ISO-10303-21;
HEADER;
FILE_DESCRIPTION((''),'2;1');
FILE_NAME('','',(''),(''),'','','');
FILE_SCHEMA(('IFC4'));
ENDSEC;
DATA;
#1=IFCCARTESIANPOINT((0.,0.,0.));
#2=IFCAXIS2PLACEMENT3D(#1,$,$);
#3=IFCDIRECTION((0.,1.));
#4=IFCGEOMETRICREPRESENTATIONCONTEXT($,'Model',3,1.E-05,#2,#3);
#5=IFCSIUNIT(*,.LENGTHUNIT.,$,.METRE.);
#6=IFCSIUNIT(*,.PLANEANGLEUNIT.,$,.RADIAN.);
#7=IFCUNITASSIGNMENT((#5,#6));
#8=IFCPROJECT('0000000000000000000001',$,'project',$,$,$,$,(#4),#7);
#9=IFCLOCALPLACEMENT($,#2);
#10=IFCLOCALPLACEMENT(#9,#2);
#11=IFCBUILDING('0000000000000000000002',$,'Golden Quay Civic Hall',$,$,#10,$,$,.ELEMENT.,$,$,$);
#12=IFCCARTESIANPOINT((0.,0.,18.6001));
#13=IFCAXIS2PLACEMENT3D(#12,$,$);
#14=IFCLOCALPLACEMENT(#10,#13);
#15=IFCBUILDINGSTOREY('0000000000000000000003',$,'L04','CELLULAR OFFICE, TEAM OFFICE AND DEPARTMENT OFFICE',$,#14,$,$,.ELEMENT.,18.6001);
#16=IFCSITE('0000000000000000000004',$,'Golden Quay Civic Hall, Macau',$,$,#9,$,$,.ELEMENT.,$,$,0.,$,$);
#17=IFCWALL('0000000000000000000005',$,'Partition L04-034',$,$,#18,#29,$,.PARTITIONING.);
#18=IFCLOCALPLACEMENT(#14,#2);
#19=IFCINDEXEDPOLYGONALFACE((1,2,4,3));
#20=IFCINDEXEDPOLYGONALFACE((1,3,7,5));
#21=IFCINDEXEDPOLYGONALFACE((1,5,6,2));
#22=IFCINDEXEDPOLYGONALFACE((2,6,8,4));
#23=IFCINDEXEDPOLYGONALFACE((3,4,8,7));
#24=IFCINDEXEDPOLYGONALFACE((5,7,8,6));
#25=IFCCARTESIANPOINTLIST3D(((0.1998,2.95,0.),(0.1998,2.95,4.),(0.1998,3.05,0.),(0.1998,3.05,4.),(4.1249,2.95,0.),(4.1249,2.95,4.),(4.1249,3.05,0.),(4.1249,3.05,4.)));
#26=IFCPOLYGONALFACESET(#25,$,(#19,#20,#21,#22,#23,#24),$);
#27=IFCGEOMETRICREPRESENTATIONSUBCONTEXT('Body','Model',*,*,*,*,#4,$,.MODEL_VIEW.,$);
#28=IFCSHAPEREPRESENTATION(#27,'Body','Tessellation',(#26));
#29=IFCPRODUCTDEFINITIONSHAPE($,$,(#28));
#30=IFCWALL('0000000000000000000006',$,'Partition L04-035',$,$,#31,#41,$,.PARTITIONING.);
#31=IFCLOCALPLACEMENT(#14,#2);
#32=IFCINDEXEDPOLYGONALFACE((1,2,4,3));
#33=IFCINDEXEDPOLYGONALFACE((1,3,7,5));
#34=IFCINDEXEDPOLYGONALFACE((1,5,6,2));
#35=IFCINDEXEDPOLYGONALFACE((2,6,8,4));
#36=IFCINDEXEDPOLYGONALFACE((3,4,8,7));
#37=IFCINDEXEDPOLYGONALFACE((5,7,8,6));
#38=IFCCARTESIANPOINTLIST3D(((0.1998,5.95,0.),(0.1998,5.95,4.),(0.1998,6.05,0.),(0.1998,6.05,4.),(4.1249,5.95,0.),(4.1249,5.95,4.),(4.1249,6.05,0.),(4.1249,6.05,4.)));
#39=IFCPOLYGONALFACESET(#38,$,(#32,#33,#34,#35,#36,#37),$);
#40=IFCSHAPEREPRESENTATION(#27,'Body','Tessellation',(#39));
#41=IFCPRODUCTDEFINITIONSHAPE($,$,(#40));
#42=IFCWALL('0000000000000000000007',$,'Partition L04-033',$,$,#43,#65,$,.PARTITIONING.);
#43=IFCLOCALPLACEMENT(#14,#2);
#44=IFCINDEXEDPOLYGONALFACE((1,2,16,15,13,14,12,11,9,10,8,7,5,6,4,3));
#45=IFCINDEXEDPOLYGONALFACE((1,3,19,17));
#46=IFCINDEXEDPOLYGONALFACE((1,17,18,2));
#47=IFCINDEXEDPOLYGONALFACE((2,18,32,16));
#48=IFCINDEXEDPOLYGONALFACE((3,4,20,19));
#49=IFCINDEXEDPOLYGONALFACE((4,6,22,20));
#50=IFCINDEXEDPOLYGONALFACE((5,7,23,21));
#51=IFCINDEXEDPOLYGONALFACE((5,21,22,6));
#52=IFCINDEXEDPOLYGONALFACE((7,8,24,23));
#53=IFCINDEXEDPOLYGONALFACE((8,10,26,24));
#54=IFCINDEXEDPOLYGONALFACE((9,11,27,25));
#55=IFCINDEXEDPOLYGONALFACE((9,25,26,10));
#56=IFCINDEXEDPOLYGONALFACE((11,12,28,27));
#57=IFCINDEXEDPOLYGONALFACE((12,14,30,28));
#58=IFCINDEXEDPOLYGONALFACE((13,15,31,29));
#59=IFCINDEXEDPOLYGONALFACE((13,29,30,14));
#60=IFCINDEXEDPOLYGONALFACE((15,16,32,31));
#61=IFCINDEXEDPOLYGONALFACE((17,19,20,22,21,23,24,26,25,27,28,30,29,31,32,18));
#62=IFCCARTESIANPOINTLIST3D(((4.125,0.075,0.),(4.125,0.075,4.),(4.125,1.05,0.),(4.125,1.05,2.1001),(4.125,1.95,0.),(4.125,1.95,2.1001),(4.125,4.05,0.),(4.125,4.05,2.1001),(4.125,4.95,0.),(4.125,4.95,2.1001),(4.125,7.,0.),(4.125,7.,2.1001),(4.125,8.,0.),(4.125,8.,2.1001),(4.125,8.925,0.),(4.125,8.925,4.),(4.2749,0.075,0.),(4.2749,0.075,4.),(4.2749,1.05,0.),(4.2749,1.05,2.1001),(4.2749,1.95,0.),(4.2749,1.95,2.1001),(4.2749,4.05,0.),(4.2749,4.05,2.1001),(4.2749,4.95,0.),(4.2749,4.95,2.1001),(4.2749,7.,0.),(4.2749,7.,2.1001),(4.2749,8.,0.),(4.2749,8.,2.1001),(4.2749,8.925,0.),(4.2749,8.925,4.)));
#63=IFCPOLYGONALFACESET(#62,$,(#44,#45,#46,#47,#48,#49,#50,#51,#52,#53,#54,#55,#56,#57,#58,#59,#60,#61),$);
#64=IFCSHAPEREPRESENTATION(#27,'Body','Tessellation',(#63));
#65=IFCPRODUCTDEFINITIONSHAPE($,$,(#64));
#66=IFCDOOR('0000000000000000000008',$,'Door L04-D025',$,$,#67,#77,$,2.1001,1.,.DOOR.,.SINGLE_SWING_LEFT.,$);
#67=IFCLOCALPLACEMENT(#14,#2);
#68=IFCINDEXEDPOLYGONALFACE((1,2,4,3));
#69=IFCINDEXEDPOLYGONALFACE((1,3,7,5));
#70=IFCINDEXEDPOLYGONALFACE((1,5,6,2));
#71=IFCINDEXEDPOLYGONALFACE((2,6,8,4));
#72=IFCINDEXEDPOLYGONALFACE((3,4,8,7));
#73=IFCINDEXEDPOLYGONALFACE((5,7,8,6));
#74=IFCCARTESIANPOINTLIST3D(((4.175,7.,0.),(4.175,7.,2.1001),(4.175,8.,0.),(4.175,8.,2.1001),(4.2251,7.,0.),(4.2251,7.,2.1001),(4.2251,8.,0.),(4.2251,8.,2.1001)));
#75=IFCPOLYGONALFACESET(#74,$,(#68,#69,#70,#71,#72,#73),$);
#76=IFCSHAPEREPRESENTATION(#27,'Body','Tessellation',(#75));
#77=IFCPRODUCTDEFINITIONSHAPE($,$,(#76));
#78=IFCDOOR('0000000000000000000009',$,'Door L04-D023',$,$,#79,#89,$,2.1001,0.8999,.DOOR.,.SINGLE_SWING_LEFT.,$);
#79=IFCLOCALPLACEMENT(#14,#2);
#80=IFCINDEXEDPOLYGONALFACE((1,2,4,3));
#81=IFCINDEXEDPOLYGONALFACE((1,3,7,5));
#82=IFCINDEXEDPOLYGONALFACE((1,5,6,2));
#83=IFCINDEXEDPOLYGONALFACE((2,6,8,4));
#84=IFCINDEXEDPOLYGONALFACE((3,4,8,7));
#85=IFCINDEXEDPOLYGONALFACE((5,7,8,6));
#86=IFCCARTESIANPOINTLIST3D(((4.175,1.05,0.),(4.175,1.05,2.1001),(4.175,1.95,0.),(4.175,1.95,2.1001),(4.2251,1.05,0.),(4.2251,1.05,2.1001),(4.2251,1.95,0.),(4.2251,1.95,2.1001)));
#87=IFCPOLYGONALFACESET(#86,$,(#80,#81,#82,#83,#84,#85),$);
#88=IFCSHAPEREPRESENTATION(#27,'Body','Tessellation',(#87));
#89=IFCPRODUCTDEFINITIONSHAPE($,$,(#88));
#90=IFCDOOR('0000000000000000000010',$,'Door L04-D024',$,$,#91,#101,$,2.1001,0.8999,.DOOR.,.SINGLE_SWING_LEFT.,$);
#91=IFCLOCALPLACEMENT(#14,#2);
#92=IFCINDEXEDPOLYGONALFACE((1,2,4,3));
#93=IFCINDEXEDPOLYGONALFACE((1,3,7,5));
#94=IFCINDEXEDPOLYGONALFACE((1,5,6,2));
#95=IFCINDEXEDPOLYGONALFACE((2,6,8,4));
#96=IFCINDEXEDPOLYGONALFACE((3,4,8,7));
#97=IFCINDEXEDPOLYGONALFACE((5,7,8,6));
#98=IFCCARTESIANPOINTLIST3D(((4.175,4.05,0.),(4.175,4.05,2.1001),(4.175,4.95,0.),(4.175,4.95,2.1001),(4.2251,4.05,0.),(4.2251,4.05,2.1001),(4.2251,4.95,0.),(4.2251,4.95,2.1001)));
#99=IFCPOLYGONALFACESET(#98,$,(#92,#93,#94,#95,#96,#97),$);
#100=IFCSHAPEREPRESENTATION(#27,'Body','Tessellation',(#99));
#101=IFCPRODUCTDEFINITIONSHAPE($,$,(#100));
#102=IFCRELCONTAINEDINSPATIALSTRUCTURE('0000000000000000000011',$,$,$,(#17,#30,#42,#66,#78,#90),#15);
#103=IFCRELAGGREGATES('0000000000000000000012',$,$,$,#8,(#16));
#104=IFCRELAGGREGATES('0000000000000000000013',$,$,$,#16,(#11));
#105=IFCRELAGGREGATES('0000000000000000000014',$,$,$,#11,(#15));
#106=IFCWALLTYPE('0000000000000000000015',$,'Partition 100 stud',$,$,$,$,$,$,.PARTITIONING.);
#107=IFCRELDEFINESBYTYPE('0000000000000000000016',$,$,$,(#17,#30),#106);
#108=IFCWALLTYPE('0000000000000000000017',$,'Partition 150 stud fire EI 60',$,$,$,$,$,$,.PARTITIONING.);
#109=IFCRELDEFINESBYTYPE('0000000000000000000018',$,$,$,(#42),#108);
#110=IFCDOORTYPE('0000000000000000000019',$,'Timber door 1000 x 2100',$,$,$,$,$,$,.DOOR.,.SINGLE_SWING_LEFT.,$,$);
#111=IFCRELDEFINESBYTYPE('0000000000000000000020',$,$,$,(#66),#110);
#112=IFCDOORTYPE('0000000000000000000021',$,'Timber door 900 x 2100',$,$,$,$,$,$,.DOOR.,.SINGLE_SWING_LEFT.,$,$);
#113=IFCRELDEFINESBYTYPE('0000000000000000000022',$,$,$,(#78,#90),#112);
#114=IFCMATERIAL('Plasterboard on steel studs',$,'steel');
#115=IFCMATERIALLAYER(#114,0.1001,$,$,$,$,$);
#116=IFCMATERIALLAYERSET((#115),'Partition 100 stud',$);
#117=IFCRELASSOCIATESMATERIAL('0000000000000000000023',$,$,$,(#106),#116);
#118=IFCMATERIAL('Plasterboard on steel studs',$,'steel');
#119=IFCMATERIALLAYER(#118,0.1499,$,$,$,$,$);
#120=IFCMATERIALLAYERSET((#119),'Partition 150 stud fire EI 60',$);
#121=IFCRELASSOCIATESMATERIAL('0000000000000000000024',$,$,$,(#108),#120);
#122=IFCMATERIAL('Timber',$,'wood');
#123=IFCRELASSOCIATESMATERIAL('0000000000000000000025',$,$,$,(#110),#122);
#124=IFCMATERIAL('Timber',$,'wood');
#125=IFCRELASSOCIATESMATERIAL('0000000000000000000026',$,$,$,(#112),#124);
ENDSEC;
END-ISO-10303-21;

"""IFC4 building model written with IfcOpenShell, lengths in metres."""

from ifc_helpers import new_model, si_unit, direction, frame, frame_2d, origin, place, context, subcontext, project, spatial, rectangle, extrude, material, layer, layer_set, type_object, element, fill, save


model = new_model("IFC4")

# Units and contexts
model_context = context("Model", 3, precision=1e-05, world=origin(), true_north=direction((0.0, 1.0)))
body_context = subcontext(model_context, "Body", "Model", "MODEL_VIEW")
ifc_project = project(units=[si_unit("LENGTHUNIT", "METRE"), si_unit("PLANEANGLEUNIT", "RADIAN")], contexts=[model_context])

# Site, building, storey
site_placement = place(None, origin())
site = spatial("IfcSite", under=ifc_project, at=site_placement, Name="Golden Quay Civic Hall, Macau", CompositionType="ELEMENT", RefElevation=0.0)
building_placement = place(site_placement, origin())
building = spatial("IfcBuilding", under=site, at=building_placement, Name="Golden Quay Civic Hall", CompositionType="ELEMENT")
storey_placement = place(building_placement, frame((0.0, 0.0, 18.6001)))
storey = spatial("IfcBuildingStorey", under=building, at=storey_placement, Name="L04", Description="CELLULAR OFFICE, TEAM OFFICE AND DEPARTMENT OFFICE", CompositionType="ELEMENT", Elevation=18.6001)

# Walls
ifc_material_1 = material(Name="Plasterboard on steel studs", Category="steel")
ifc_layer_1 = layer(ifc_material_1, 0.1001)
ifc_layer_set_1 = layer_set([ifc_layer_1], Name="Partition 100 stud")
wall_type_1 = type_object("IfcWallType", Name="Partition 100 stud", PredefinedType="PARTITIONING", material=ifc_layer_set_1)
for number, where, z_axis, x_axis, name in (
    (1, (0.2, 3.0, 0.0), (0.0, 0.0, 1.0), (1.0, 0.0, 0.0), "Partition L04-034"),
    (2, (0.2, 6.0, 0.0), (0.0, 0.0, 1.0), (1.0, 0.0, 0.0), "Partition L04-035"),
):
    element("IfcWall", number, at=place(storey_placement, frame(where, z_axis=z_axis, x_axis=x_axis)), inside=storey, type_object=wall_type_1, Name=name, PredefinedType="PARTITIONING", context=body_context, shape_type="SweptSolid", body=[
        extrude(rectangle(XDim=3.925, YDim=0.1001, at=frame_2d((1.9624, 0.0))), origin(), (0.0, 0.0, 1.0), 4.0),
    ])

# Wall, openings, doors
ifc_material_2 = material(Name="Plasterboard on steel studs", Category="steel")
ifc_layer_2 = layer(ifc_material_2, 0.1499)
ifc_layer_set_2 = layer_set([ifc_layer_2], Name="Partition 150 stud fire EI 60")
wall_type_2 = type_object("IfcWallType", Name="Partition 150 stud fire EI 60", PredefinedType="PARTITIONING", material=ifc_layer_set_2)
wall_1_placement = place(storey_placement, frame((4.2, 0.075, 0.0), z_axis=(0.0, 0.0, 1.0), x_axis=(0.0, 1.0, 0.0)))
wall_1 = element("IfcWall", 3, at=wall_1_placement, inside=storey, type_object=wall_type_2, Name="Partition L04-033", PredefinedType="PARTITIONING", context=body_context, shape_type="SweptSolid", body=[
    extrude(rectangle(XDim=8.8501, YDim=0.1499, at=frame_2d((4.425, 0.0))), origin(), (0.0, 0.0, 1.0), 4.0),
])
opening_1_placement = place(wall_1_placement, frame((0.9751, 0.0, 0.0)))
opening_1 = element("IfcOpeningElement", 4, at=opening_1_placement, cuts=wall_1, PredefinedType="OPENING", context=body_context, shape_type="SweptSolid", body=[
    extrude(rectangle(XDim=0.8999, YDim=2.1001, at=frame_2d((0.45, 1.05))), frame((0.0, 0.085, 0.0), z_axis=(0.0, -1.0, 0.0), x_axis=(1.0, 0.0, 0.0)), (0.0, 0.0, 1.0), 0.1699),
])
opening_2_placement = place(wall_1_placement, frame((3.9751, 0.0, 0.0)))
opening_2 = element("IfcOpeningElement", 5, at=opening_2_placement, cuts=wall_1, PredefinedType="OPENING", context=body_context, shape_type="SweptSolid", body=[
    extrude(rectangle(XDim=0.8999, YDim=2.1001, at=frame_2d((0.45, 1.05))), frame((0.0, 0.085, 0.0), z_axis=(0.0, -1.0, 0.0), x_axis=(1.0, 0.0, 0.0)), (0.0, 0.0, 1.0), 0.1699),
])
opening_3_placement = place(wall_1_placement, frame((6.925, 0.0, 0.0)))
opening_3 = element("IfcOpeningElement", 6, at=opening_3_placement, cuts=wall_1, PredefinedType="OPENING", context=body_context, shape_type="SweptSolid", body=[
    extrude(rectangle(XDim=1.0, YDim=2.1001, at=frame_2d((0.5, 1.05))), frame((0.0, 0.085, 0.0), z_axis=(0.0, -1.0, 0.0), x_axis=(1.0, 0.0, 0.0)), (0.0, 0.0, 1.0), 0.1699),
])
ifc_material_3 = material(Name="Timber", Category="wood")
door_type_1 = type_object("IfcDoorType", Name="Timber door 1000 x 2100", OperationType="SINGLE_SWING_LEFT", PredefinedType="DOOR", material=ifc_material_3)
door_1_placement = place(opening_3_placement, origin())
door_1 = element("IfcDoor", 7, at=door_1_placement, inside=storey, type_object=door_type_1, Name="Door L04-D025", OperationType="SINGLE_SWING_LEFT", OverallHeight=2.1001, OverallWidth=1.0, PredefinedType="DOOR", context=body_context, shape_type="SweptSolid", body=[
    extrude(rectangle(XDim=1.0, YDim=2.1001, at=frame_2d((0.5, 1.05))), frame((0.0, 0.0249, 0.0), z_axis=(0.0, -1.0, 0.0), x_axis=(1.0, 0.0, 0.0)), (0.0, 0.0, 1.0), 0.05),
])
fill(opening_3, door_1)
ifc_material_4 = material(Name="Timber", Category="wood")
door_type_2 = type_object("IfcDoorType", Name="Timber door 900 x 2100", OperationType="SINGLE_SWING_LEFT", PredefinedType="DOOR", material=ifc_material_4)
door_2_placement = place(opening_1_placement, origin())
door_2 = element("IfcDoor", 8, at=door_2_placement, inside=storey, type_object=door_type_2, Name="Door L04-D023", OperationType="SINGLE_SWING_LEFT", OverallHeight=2.1001, OverallWidth=0.8999, PredefinedType="DOOR", context=body_context, shape_type="SweptSolid", body=[
    extrude(rectangle(XDim=0.8999, YDim=2.1001, at=frame_2d((0.45, 1.05))), frame((0.0, 0.0249, 0.0), z_axis=(0.0, -1.0, 0.0), x_axis=(1.0, 0.0, 0.0)), (0.0, 0.0, 1.0), 0.05),
])
fill(opening_1, door_2)
door_3_placement = place(opening_2_placement, origin())
door_3 = element("IfcDoor", 9, at=door_3_placement, inside=storey, type_object=door_type_2, Name="Door L04-D024", OperationType="SINGLE_SWING_LEFT", OverallHeight=2.1001, OverallWidth=0.8999, PredefinedType="DOOR", context=body_context, shape_type="SweptSolid", body=[
    extrude(rectangle(XDim=0.8999, YDim=2.1001, at=frame_2d((0.45, 1.05))), frame((0.0, 0.0249, 0.0), z_axis=(0.0, -1.0, 0.0), x_axis=(1.0, 0.0, 0.0)), (0.0, 0.0, 1.0), 0.05),
])
fill(opening_2, door_3)

save(model, "model.ifc")
